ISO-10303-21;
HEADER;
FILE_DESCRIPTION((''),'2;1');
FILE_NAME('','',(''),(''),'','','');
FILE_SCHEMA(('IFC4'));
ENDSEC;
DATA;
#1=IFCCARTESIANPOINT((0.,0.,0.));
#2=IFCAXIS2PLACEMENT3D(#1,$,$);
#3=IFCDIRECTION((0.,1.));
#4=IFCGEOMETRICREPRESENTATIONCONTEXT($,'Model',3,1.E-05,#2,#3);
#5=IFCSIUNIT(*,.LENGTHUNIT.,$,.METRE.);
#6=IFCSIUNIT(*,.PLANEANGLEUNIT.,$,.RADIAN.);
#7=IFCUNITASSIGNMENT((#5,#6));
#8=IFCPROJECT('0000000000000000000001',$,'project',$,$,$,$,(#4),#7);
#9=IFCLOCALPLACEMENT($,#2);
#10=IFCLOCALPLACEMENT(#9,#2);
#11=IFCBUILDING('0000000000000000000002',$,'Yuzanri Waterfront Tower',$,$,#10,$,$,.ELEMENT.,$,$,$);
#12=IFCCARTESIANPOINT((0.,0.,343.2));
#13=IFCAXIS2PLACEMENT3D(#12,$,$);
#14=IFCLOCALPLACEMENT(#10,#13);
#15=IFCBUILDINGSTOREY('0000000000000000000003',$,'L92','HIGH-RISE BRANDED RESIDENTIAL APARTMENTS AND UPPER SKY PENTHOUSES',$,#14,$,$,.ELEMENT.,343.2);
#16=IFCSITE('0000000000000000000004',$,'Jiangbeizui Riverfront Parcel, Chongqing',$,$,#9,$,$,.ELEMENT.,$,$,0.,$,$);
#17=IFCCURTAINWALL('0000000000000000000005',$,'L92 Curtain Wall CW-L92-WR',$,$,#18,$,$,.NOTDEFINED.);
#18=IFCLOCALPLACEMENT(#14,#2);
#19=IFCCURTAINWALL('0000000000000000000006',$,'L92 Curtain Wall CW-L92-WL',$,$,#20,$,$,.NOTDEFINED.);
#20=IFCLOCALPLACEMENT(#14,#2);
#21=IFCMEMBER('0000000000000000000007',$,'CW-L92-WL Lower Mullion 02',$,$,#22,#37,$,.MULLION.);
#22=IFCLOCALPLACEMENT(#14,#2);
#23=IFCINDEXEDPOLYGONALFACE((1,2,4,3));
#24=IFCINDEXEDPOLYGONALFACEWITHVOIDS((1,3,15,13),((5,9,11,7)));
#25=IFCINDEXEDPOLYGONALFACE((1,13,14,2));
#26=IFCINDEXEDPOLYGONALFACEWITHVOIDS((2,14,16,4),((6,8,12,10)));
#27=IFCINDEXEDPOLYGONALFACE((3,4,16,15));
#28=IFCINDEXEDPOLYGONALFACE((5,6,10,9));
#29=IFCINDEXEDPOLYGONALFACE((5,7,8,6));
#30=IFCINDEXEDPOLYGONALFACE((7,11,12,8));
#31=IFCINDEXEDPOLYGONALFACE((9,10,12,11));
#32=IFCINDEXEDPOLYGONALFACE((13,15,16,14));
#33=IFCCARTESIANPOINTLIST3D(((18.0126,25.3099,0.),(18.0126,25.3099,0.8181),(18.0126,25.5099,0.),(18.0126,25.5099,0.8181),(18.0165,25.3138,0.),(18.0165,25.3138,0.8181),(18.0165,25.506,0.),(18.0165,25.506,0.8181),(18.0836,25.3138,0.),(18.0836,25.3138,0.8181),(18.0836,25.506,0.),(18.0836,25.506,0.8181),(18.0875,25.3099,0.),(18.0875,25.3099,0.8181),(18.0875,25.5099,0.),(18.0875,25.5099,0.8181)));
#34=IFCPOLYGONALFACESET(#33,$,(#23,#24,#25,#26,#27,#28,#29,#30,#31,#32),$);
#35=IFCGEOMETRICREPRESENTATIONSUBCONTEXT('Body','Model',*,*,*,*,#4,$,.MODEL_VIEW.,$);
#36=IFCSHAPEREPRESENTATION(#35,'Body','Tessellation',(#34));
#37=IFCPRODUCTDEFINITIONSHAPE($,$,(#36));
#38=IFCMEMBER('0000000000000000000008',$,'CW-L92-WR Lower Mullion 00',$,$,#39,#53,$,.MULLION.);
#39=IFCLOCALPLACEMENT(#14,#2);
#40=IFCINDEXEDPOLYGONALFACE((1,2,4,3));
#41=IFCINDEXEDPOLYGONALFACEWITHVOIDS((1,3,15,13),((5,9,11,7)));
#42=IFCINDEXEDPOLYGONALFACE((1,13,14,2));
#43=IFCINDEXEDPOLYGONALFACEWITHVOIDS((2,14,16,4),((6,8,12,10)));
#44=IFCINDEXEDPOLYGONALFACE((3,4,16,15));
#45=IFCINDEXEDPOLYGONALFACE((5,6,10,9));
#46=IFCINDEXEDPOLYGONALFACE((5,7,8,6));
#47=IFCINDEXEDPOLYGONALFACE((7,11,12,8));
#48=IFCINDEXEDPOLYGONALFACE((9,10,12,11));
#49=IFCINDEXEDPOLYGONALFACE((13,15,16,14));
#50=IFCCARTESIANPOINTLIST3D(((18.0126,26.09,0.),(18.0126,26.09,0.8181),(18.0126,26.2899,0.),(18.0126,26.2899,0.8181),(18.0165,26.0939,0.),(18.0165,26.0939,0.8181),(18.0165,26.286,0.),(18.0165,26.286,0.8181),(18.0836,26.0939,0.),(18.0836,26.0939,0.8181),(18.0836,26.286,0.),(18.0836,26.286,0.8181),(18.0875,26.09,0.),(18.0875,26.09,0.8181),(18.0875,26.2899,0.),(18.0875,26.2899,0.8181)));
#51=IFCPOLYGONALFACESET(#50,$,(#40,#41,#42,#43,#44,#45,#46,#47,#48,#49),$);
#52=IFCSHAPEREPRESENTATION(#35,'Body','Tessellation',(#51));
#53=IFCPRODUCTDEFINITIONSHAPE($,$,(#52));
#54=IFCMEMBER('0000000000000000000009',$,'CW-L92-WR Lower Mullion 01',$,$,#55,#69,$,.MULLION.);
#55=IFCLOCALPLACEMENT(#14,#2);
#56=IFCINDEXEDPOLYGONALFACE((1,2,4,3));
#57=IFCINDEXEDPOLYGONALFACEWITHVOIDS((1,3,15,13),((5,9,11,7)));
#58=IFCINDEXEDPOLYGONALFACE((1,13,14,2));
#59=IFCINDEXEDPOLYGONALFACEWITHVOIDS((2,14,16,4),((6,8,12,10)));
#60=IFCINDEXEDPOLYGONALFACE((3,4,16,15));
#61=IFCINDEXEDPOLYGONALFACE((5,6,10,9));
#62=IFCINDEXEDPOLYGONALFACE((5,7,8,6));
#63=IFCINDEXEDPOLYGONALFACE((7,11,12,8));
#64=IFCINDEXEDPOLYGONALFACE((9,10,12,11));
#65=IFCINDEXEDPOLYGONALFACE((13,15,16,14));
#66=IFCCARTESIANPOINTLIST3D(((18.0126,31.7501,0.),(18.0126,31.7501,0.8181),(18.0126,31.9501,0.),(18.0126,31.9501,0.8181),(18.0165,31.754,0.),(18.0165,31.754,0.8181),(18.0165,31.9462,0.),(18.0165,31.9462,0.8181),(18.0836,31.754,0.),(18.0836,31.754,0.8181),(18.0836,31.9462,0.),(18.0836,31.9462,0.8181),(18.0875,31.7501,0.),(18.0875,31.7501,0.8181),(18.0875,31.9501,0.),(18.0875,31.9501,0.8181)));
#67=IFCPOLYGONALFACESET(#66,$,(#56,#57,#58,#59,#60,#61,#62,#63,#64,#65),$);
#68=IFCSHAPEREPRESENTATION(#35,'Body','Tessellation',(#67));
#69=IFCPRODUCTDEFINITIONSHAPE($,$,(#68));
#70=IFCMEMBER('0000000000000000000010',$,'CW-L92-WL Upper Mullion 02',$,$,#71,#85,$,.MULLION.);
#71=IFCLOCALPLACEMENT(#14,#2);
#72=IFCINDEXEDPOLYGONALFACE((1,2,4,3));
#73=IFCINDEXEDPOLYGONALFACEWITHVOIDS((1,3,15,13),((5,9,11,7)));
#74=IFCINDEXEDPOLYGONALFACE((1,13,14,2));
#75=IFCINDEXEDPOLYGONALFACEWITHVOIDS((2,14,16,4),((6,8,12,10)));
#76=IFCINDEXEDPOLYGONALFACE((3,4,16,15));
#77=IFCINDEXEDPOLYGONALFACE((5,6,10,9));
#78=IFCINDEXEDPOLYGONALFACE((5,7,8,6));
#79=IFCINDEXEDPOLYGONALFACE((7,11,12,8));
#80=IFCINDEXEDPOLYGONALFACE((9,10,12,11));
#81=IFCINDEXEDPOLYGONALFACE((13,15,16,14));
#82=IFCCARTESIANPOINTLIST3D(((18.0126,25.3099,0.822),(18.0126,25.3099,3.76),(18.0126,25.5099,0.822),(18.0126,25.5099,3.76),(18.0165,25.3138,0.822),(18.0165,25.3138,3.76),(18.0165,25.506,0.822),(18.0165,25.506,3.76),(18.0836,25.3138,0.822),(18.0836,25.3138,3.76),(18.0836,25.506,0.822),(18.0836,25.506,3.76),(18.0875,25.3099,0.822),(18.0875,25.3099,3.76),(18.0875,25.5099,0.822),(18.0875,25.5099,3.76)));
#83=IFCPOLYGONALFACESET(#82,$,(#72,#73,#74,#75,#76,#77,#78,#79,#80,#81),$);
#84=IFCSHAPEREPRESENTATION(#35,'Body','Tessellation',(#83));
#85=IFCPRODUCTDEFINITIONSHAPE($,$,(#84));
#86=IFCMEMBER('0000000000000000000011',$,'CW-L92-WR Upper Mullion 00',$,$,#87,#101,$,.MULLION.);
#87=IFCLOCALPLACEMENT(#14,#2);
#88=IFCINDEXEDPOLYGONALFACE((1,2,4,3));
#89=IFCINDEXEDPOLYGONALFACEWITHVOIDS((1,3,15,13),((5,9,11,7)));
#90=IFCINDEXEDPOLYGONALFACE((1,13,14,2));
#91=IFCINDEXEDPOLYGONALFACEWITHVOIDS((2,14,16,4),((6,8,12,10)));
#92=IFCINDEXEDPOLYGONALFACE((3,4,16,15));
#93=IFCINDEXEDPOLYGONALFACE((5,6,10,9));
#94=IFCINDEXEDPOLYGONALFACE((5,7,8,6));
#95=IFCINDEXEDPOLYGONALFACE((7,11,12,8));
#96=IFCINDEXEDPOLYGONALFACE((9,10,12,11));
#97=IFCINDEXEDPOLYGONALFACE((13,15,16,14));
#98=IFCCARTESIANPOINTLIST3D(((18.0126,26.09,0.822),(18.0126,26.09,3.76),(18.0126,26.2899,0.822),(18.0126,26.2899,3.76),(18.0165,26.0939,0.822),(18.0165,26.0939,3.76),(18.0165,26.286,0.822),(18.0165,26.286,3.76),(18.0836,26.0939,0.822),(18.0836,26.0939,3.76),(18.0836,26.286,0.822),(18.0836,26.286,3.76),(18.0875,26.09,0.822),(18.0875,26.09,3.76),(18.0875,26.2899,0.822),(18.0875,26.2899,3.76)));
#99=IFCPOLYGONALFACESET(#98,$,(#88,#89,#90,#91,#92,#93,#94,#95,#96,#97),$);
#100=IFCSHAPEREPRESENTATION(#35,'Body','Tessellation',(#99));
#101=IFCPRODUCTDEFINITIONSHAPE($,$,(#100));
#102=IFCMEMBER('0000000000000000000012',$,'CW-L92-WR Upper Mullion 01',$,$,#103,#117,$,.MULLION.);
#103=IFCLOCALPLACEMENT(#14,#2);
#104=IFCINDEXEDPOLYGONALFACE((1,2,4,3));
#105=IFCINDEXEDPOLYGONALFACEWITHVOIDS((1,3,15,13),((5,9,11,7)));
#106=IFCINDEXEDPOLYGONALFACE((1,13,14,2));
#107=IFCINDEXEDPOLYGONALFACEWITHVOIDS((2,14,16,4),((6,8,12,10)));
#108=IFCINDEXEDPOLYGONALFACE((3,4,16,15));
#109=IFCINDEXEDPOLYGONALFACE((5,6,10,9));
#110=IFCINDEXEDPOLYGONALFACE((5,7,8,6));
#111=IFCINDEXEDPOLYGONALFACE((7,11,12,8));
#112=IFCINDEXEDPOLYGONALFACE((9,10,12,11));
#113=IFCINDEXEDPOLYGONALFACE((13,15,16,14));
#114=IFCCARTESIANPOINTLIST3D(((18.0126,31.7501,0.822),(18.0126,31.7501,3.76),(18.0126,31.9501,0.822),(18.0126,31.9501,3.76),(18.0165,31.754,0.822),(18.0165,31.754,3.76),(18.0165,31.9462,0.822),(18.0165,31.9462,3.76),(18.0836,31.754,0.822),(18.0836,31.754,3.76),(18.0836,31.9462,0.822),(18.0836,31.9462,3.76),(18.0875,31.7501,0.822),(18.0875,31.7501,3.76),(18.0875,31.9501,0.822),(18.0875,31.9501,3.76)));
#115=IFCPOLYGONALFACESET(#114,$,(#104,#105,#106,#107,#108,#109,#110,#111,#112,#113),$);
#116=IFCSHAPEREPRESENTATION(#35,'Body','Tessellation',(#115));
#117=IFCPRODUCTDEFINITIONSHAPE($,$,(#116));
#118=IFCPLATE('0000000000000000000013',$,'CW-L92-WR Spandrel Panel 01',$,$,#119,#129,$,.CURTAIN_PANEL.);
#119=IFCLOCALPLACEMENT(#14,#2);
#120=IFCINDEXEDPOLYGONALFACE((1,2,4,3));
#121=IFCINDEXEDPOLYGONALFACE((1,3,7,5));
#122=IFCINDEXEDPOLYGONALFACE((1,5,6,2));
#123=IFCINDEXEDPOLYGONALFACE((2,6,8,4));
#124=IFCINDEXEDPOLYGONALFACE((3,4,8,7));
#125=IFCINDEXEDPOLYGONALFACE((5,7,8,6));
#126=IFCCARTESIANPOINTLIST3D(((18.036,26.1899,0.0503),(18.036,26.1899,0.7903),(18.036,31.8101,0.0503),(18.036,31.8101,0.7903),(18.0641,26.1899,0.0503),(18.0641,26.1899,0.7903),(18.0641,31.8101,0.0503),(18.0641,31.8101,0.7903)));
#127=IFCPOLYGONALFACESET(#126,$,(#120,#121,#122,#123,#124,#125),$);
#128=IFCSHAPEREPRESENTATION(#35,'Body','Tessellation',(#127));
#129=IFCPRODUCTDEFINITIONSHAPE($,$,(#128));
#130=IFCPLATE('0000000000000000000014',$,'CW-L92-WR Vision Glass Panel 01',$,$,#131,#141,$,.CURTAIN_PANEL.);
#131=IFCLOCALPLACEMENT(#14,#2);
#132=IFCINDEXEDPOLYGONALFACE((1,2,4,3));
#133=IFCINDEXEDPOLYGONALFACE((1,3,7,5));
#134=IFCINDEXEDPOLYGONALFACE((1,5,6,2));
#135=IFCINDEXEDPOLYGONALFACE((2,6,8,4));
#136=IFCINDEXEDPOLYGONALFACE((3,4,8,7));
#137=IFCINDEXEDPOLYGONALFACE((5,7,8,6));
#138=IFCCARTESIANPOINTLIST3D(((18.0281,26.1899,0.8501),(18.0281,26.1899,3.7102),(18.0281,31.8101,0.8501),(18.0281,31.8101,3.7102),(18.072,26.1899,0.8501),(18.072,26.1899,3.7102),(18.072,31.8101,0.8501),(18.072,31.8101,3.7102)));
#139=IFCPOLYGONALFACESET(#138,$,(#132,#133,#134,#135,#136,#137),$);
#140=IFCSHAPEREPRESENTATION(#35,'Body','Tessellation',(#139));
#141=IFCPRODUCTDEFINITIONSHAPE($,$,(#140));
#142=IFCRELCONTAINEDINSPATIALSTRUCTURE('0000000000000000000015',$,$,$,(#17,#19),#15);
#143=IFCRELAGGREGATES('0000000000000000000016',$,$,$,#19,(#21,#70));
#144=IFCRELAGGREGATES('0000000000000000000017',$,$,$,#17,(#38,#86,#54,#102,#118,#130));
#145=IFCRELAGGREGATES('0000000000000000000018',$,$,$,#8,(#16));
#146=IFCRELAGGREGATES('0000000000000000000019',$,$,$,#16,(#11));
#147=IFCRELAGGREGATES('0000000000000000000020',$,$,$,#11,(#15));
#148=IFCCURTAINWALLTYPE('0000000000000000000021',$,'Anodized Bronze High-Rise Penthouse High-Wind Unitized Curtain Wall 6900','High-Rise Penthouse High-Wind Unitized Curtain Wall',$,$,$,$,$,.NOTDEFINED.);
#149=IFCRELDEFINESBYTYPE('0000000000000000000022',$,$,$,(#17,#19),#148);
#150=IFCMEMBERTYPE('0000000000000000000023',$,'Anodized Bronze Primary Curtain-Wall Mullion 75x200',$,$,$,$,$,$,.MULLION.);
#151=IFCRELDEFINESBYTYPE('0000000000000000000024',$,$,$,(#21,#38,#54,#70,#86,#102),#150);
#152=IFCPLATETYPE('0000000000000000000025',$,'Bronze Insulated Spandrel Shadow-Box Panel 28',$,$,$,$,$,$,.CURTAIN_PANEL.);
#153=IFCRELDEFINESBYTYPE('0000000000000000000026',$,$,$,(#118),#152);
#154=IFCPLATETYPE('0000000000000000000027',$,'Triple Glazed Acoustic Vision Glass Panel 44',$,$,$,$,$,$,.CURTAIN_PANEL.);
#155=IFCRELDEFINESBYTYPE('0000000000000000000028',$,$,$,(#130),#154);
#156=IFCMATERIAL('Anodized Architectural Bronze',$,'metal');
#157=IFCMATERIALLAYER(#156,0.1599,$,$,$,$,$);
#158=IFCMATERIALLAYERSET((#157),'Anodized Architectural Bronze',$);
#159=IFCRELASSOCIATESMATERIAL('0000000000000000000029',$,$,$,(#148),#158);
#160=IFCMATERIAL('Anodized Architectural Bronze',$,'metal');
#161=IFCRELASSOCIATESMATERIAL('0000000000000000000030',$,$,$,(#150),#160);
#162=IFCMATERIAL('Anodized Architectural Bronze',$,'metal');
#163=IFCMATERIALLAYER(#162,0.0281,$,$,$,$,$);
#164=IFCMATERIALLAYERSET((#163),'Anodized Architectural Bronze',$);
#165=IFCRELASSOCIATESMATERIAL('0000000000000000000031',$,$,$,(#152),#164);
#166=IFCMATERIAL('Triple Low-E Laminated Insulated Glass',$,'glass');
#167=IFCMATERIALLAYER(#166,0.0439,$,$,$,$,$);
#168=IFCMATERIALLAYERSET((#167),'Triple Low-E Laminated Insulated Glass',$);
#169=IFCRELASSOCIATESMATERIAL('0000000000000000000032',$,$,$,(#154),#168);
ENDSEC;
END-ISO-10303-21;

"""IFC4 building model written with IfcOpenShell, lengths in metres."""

from ifc_helpers import new_model, si_unit, direction, frame, origin, origin_2d, place, context, subcontext, project, spatial, rectangle, hollow_rectangle, extrude, source, transform, mapped, material, layer, layer_set, material_profile, profile_set, type_object, element, aggregate, save


model = new_model("IFC4")

# Units and contexts
model_context = context("Model", 3, precision=1e-05, world=origin(), true_north=direction((0.0, 1.0)))
body_context = subcontext(model_context, "Body", "Model", "MODEL_VIEW")
ifc_project = project(units=[si_unit("LENGTHUNIT", "METRE"), si_unit("PLANEANGLEUNIT", "RADIAN")], contexts=[model_context])

# Site, building, storey
site_placement = place(None, origin())
site = spatial("IfcSite", under=ifc_project, at=site_placement, Name="Jiangbeizui Riverfront Parcel, Chongqing", CompositionType="ELEMENT", RefElevation=0.0)
building_placement = place(site_placement, origin())
building = spatial("IfcBuilding", under=site, at=building_placement, Name="Yuzanri Waterfront Tower", CompositionType="ELEMENT")
storey_placement = place(building_placement, frame((0.0, 0.0, 343.2)))
storey = spatial("IfcBuildingStorey", under=building, at=storey_placement, Name="L92", Description="HIGH-RISE BRANDED RESIDENTIAL APARTMENTS AND UPPER SKY PENTHOUSES", CompositionType="ELEMENT", Elevation=343.2)

# Curtain wall
ifc_material_1 = material(Name="Anodized Architectural Bronze", Category="metal")
ifc_layer_1 = layer(ifc_material_1, 0.1599)
ifc_layer_set_1 = layer_set([ifc_layer_1], Name="Anodized Architectural Bronze")
curtain_wall_type = type_object("IfcCurtainWallType", Name="Anodized Bronze High-Rise Penthouse High-Wind Unitized Curtain Wall 6900", Description="High-Rise Penthouse High-Wind Unitized Curtain Wall", PredefinedType="NOTDEFINED", material=ifc_layer_set_1)
curtain_wall_1_placement = place(storey_placement, origin())
curtain_wall_1 = element("IfcCurtainWall", 1, at=curtain_wall_1_placement, inside=storey, type_object=curtain_wall_type, Name="L92 Curtain Wall CW-L92-WR", PredefinedType="NOTDEFINED")

# Curtain wall, member
curtain_wall_2_placement = place(storey_placement, origin())
curtain_wall_2 = element("IfcCurtainWall", 2, at=curtain_wall_2_placement, inside=storey, type_object=curtain_wall_type, Name="L92 Curtain Wall CW-L92-WL", PredefinedType="NOTDEFINED")
ifc_material_2 = material(Name="Anodized Architectural Bronze", Category="metal")
ifc_material_profile_1 = material_profile(ifc_material_2, hollow_rectangle(XDim=0.075, YDim=0.2, WallThickness=0.0039, at=origin_2d()), Name="CWM 75x200")
ifc_profile_set_1 = profile_set([ifc_material_profile_1], Name="Anodized Architectural Bronze")
member_type_1 = type_object("IfcMemberType", Name="Anodized Bronze Primary Curtain-Wall Mullion 75x200", PredefinedType="MULLION", material=ifc_profile_set_1)
shared_shape_1 = source(origin(), body_context, "Body", "SweptSolid", [
    extrude(hollow_rectangle(XDim=0.075, YDim=0.2, WallThickness=0.0039, at=origin_2d()), origin(), (0.0, 0.0, 1.0), 0.8181),
])
member_1_placement = place(storey_placement, frame((18.05, 25.4099, 0.0), z_axis=(0.0, 0.0, 1.0), x_axis=(1.0, 0.0, 0.0)))
member_1 = element("IfcMember", 3, at=member_1_placement, type_object=member_type_1, Name="CW-L92-WL Lower Mullion 02", PredefinedType="MULLION", context=body_context, shape_type="MappedRepresentation", body=[
    mapped(shared_shape_1, transform((0.0, 0.0, 0.0), scale=1.0)),
])

# Members
member_2_placement = place(storey_placement, frame((18.05, 26.1899, 0.0), z_axis=(0.0, 0.0, 1.0), x_axis=(1.0, 0.0, 0.0)))
member_2 = element("IfcMember", 4, at=member_2_placement, type_object=member_type_1, Name="CW-L92-WR Lower Mullion 00", PredefinedType="MULLION", context=body_context, shape_type="MappedRepresentation", body=[
    mapped(shared_shape_1, transform((0.0, 0.0, 0.0), scale=1.0)),
])
member_3_placement = place(storey_placement, frame((18.05, 31.8501, 0.0), z_axis=(0.0, 0.0, 1.0), x_axis=(1.0, 0.0, 0.0)))
member_3 = element("IfcMember", 5, at=member_3_placement, type_object=member_type_1, Name="CW-L92-WR Lower Mullion 01", PredefinedType="MULLION", context=body_context, shape_type="MappedRepresentation", body=[
    mapped(shared_shape_1, transform((0.0, 0.0, 0.0), scale=1.0)),
])
shared_shape_2 = source(origin(), body_context, "Body", "SweptSolid", [
    extrude(hollow_rectangle(XDim=0.075, YDim=0.2, WallThickness=0.0039, at=origin_2d()), origin(), (0.0, 0.0, 1.0), 2.938),
])
member_4_placement = place(storey_placement, frame((18.05, 25.4099, 0.822), z_axis=(0.0, 0.0, 1.0), x_axis=(1.0, 0.0, 0.0)))
member_4 = element("IfcMember", 6, at=member_4_placement, type_object=member_type_1, Name="CW-L92-WL Upper Mullion 02", PredefinedType="MULLION", context=body_context, shape_type="MappedRepresentation", body=[
    mapped(shared_shape_2, transform((0.0, 0.0, 0.0), scale=1.0)),
])
aggregate(curtain_wall_2, [member_1, member_4])
member_5_placement = place(storey_placement, frame((18.05, 26.1899, 0.822), z_axis=(0.0, 0.0, 1.0), x_axis=(1.0, 0.0, 0.0)))
member_5 = element("IfcMember", 7, at=member_5_placement, type_object=member_type_1, Name="CW-L92-WR Upper Mullion 00", PredefinedType="MULLION", context=body_context, shape_type="MappedRepresentation", body=[
    mapped(shared_shape_2, transform((0.0, 0.0, 0.0), scale=1.0)),
])
member_6_placement = place(storey_placement, frame((18.05, 31.8501, 0.822), z_axis=(0.0, 0.0, 1.0), x_axis=(1.0, 0.0, 0.0)))
member_6 = element("IfcMember", 8, at=member_6_placement, type_object=member_type_1, Name="CW-L92-WR Upper Mullion 01", PredefinedType="MULLION", context=body_context, shape_type="MappedRepresentation", body=[
    mapped(shared_shape_2, transform((0.0, 0.0, 0.0), scale=1.0)),
])

# Plates
ifc_material_3 = material(Name="Anodized Architectural Bronze", Category="metal")
ifc_layer_2 = layer(ifc_material_3, 0.0281)
ifc_layer_set_2 = layer_set([ifc_layer_2], Name="Anodized Architectural Bronze")
plate_type_1 = type_object("IfcPlateType", Name="Bronze Insulated Spandrel Shadow-Box Panel 28", PredefinedType="CURTAIN_PANEL", material=ifc_layer_set_2)
shared_shape_3 = source(origin(), body_context, "Body", "SweptSolid", [
    extrude(rectangle(XDim=5.6201, YDim=0.0281, at=origin_2d()), origin(), (0.0, 0.0, 1.0), 0.74),
])
plate_1_placement = place(storey_placement, frame((18.05, 29.0, 0.0503), z_axis=(0.0, 0.0, 1.0), x_axis=(0.0, 1.0, 0.0)))
plate_1 = element("IfcPlate", 9, at=plate_1_placement, type_object=plate_type_1, Name="CW-L92-WR Spandrel Panel 01", PredefinedType="CURTAIN_PANEL", context=body_context, shape_type="MappedRepresentation", body=[
    mapped(shared_shape_3, transform((0.0, 0.0, 0.0), scale=1.0)),
])
ifc_material_4 = material(Name="Triple Low-E Laminated Insulated Glass", Category="glass")
ifc_layer_3 = layer(ifc_material_4, 0.0439)
ifc_layer_set_3 = layer_set([ifc_layer_3], Name="Triple Low-E Laminated Insulated Glass")
plate_type_2 = type_object("IfcPlateType", Name="Triple Glazed Acoustic Vision Glass Panel 44", PredefinedType="CURTAIN_PANEL", material=ifc_layer_set_3)
shared_shape_4 = source(origin(), body_context, "Body", "SweptSolid", [
    extrude(rectangle(XDim=5.6201, YDim=0.0439, at=origin_2d()), origin(), (0.0, 0.0, 1.0), 2.8601),
])
plate_2_placement = place(storey_placement, frame((18.05, 29.0, 0.8501), z_axis=(0.0, 0.0, 1.0), x_axis=(0.0, 1.0, 0.0)))
plate_2 = element("IfcPlate", 10, at=plate_2_placement, type_object=plate_type_2, Name="CW-L92-WR Vision Glass Panel 01", PredefinedType="CURTAIN_PANEL", context=body_context, shape_type="MappedRepresentation", body=[
    mapped(shared_shape_4, transform((0.0, 0.0, 0.0), scale=1.0)),
])
aggregate(curtain_wall_1, [member_2, member_5, member_3, member_6, plate_1, plate_2])

save(model, "model.ifc")
